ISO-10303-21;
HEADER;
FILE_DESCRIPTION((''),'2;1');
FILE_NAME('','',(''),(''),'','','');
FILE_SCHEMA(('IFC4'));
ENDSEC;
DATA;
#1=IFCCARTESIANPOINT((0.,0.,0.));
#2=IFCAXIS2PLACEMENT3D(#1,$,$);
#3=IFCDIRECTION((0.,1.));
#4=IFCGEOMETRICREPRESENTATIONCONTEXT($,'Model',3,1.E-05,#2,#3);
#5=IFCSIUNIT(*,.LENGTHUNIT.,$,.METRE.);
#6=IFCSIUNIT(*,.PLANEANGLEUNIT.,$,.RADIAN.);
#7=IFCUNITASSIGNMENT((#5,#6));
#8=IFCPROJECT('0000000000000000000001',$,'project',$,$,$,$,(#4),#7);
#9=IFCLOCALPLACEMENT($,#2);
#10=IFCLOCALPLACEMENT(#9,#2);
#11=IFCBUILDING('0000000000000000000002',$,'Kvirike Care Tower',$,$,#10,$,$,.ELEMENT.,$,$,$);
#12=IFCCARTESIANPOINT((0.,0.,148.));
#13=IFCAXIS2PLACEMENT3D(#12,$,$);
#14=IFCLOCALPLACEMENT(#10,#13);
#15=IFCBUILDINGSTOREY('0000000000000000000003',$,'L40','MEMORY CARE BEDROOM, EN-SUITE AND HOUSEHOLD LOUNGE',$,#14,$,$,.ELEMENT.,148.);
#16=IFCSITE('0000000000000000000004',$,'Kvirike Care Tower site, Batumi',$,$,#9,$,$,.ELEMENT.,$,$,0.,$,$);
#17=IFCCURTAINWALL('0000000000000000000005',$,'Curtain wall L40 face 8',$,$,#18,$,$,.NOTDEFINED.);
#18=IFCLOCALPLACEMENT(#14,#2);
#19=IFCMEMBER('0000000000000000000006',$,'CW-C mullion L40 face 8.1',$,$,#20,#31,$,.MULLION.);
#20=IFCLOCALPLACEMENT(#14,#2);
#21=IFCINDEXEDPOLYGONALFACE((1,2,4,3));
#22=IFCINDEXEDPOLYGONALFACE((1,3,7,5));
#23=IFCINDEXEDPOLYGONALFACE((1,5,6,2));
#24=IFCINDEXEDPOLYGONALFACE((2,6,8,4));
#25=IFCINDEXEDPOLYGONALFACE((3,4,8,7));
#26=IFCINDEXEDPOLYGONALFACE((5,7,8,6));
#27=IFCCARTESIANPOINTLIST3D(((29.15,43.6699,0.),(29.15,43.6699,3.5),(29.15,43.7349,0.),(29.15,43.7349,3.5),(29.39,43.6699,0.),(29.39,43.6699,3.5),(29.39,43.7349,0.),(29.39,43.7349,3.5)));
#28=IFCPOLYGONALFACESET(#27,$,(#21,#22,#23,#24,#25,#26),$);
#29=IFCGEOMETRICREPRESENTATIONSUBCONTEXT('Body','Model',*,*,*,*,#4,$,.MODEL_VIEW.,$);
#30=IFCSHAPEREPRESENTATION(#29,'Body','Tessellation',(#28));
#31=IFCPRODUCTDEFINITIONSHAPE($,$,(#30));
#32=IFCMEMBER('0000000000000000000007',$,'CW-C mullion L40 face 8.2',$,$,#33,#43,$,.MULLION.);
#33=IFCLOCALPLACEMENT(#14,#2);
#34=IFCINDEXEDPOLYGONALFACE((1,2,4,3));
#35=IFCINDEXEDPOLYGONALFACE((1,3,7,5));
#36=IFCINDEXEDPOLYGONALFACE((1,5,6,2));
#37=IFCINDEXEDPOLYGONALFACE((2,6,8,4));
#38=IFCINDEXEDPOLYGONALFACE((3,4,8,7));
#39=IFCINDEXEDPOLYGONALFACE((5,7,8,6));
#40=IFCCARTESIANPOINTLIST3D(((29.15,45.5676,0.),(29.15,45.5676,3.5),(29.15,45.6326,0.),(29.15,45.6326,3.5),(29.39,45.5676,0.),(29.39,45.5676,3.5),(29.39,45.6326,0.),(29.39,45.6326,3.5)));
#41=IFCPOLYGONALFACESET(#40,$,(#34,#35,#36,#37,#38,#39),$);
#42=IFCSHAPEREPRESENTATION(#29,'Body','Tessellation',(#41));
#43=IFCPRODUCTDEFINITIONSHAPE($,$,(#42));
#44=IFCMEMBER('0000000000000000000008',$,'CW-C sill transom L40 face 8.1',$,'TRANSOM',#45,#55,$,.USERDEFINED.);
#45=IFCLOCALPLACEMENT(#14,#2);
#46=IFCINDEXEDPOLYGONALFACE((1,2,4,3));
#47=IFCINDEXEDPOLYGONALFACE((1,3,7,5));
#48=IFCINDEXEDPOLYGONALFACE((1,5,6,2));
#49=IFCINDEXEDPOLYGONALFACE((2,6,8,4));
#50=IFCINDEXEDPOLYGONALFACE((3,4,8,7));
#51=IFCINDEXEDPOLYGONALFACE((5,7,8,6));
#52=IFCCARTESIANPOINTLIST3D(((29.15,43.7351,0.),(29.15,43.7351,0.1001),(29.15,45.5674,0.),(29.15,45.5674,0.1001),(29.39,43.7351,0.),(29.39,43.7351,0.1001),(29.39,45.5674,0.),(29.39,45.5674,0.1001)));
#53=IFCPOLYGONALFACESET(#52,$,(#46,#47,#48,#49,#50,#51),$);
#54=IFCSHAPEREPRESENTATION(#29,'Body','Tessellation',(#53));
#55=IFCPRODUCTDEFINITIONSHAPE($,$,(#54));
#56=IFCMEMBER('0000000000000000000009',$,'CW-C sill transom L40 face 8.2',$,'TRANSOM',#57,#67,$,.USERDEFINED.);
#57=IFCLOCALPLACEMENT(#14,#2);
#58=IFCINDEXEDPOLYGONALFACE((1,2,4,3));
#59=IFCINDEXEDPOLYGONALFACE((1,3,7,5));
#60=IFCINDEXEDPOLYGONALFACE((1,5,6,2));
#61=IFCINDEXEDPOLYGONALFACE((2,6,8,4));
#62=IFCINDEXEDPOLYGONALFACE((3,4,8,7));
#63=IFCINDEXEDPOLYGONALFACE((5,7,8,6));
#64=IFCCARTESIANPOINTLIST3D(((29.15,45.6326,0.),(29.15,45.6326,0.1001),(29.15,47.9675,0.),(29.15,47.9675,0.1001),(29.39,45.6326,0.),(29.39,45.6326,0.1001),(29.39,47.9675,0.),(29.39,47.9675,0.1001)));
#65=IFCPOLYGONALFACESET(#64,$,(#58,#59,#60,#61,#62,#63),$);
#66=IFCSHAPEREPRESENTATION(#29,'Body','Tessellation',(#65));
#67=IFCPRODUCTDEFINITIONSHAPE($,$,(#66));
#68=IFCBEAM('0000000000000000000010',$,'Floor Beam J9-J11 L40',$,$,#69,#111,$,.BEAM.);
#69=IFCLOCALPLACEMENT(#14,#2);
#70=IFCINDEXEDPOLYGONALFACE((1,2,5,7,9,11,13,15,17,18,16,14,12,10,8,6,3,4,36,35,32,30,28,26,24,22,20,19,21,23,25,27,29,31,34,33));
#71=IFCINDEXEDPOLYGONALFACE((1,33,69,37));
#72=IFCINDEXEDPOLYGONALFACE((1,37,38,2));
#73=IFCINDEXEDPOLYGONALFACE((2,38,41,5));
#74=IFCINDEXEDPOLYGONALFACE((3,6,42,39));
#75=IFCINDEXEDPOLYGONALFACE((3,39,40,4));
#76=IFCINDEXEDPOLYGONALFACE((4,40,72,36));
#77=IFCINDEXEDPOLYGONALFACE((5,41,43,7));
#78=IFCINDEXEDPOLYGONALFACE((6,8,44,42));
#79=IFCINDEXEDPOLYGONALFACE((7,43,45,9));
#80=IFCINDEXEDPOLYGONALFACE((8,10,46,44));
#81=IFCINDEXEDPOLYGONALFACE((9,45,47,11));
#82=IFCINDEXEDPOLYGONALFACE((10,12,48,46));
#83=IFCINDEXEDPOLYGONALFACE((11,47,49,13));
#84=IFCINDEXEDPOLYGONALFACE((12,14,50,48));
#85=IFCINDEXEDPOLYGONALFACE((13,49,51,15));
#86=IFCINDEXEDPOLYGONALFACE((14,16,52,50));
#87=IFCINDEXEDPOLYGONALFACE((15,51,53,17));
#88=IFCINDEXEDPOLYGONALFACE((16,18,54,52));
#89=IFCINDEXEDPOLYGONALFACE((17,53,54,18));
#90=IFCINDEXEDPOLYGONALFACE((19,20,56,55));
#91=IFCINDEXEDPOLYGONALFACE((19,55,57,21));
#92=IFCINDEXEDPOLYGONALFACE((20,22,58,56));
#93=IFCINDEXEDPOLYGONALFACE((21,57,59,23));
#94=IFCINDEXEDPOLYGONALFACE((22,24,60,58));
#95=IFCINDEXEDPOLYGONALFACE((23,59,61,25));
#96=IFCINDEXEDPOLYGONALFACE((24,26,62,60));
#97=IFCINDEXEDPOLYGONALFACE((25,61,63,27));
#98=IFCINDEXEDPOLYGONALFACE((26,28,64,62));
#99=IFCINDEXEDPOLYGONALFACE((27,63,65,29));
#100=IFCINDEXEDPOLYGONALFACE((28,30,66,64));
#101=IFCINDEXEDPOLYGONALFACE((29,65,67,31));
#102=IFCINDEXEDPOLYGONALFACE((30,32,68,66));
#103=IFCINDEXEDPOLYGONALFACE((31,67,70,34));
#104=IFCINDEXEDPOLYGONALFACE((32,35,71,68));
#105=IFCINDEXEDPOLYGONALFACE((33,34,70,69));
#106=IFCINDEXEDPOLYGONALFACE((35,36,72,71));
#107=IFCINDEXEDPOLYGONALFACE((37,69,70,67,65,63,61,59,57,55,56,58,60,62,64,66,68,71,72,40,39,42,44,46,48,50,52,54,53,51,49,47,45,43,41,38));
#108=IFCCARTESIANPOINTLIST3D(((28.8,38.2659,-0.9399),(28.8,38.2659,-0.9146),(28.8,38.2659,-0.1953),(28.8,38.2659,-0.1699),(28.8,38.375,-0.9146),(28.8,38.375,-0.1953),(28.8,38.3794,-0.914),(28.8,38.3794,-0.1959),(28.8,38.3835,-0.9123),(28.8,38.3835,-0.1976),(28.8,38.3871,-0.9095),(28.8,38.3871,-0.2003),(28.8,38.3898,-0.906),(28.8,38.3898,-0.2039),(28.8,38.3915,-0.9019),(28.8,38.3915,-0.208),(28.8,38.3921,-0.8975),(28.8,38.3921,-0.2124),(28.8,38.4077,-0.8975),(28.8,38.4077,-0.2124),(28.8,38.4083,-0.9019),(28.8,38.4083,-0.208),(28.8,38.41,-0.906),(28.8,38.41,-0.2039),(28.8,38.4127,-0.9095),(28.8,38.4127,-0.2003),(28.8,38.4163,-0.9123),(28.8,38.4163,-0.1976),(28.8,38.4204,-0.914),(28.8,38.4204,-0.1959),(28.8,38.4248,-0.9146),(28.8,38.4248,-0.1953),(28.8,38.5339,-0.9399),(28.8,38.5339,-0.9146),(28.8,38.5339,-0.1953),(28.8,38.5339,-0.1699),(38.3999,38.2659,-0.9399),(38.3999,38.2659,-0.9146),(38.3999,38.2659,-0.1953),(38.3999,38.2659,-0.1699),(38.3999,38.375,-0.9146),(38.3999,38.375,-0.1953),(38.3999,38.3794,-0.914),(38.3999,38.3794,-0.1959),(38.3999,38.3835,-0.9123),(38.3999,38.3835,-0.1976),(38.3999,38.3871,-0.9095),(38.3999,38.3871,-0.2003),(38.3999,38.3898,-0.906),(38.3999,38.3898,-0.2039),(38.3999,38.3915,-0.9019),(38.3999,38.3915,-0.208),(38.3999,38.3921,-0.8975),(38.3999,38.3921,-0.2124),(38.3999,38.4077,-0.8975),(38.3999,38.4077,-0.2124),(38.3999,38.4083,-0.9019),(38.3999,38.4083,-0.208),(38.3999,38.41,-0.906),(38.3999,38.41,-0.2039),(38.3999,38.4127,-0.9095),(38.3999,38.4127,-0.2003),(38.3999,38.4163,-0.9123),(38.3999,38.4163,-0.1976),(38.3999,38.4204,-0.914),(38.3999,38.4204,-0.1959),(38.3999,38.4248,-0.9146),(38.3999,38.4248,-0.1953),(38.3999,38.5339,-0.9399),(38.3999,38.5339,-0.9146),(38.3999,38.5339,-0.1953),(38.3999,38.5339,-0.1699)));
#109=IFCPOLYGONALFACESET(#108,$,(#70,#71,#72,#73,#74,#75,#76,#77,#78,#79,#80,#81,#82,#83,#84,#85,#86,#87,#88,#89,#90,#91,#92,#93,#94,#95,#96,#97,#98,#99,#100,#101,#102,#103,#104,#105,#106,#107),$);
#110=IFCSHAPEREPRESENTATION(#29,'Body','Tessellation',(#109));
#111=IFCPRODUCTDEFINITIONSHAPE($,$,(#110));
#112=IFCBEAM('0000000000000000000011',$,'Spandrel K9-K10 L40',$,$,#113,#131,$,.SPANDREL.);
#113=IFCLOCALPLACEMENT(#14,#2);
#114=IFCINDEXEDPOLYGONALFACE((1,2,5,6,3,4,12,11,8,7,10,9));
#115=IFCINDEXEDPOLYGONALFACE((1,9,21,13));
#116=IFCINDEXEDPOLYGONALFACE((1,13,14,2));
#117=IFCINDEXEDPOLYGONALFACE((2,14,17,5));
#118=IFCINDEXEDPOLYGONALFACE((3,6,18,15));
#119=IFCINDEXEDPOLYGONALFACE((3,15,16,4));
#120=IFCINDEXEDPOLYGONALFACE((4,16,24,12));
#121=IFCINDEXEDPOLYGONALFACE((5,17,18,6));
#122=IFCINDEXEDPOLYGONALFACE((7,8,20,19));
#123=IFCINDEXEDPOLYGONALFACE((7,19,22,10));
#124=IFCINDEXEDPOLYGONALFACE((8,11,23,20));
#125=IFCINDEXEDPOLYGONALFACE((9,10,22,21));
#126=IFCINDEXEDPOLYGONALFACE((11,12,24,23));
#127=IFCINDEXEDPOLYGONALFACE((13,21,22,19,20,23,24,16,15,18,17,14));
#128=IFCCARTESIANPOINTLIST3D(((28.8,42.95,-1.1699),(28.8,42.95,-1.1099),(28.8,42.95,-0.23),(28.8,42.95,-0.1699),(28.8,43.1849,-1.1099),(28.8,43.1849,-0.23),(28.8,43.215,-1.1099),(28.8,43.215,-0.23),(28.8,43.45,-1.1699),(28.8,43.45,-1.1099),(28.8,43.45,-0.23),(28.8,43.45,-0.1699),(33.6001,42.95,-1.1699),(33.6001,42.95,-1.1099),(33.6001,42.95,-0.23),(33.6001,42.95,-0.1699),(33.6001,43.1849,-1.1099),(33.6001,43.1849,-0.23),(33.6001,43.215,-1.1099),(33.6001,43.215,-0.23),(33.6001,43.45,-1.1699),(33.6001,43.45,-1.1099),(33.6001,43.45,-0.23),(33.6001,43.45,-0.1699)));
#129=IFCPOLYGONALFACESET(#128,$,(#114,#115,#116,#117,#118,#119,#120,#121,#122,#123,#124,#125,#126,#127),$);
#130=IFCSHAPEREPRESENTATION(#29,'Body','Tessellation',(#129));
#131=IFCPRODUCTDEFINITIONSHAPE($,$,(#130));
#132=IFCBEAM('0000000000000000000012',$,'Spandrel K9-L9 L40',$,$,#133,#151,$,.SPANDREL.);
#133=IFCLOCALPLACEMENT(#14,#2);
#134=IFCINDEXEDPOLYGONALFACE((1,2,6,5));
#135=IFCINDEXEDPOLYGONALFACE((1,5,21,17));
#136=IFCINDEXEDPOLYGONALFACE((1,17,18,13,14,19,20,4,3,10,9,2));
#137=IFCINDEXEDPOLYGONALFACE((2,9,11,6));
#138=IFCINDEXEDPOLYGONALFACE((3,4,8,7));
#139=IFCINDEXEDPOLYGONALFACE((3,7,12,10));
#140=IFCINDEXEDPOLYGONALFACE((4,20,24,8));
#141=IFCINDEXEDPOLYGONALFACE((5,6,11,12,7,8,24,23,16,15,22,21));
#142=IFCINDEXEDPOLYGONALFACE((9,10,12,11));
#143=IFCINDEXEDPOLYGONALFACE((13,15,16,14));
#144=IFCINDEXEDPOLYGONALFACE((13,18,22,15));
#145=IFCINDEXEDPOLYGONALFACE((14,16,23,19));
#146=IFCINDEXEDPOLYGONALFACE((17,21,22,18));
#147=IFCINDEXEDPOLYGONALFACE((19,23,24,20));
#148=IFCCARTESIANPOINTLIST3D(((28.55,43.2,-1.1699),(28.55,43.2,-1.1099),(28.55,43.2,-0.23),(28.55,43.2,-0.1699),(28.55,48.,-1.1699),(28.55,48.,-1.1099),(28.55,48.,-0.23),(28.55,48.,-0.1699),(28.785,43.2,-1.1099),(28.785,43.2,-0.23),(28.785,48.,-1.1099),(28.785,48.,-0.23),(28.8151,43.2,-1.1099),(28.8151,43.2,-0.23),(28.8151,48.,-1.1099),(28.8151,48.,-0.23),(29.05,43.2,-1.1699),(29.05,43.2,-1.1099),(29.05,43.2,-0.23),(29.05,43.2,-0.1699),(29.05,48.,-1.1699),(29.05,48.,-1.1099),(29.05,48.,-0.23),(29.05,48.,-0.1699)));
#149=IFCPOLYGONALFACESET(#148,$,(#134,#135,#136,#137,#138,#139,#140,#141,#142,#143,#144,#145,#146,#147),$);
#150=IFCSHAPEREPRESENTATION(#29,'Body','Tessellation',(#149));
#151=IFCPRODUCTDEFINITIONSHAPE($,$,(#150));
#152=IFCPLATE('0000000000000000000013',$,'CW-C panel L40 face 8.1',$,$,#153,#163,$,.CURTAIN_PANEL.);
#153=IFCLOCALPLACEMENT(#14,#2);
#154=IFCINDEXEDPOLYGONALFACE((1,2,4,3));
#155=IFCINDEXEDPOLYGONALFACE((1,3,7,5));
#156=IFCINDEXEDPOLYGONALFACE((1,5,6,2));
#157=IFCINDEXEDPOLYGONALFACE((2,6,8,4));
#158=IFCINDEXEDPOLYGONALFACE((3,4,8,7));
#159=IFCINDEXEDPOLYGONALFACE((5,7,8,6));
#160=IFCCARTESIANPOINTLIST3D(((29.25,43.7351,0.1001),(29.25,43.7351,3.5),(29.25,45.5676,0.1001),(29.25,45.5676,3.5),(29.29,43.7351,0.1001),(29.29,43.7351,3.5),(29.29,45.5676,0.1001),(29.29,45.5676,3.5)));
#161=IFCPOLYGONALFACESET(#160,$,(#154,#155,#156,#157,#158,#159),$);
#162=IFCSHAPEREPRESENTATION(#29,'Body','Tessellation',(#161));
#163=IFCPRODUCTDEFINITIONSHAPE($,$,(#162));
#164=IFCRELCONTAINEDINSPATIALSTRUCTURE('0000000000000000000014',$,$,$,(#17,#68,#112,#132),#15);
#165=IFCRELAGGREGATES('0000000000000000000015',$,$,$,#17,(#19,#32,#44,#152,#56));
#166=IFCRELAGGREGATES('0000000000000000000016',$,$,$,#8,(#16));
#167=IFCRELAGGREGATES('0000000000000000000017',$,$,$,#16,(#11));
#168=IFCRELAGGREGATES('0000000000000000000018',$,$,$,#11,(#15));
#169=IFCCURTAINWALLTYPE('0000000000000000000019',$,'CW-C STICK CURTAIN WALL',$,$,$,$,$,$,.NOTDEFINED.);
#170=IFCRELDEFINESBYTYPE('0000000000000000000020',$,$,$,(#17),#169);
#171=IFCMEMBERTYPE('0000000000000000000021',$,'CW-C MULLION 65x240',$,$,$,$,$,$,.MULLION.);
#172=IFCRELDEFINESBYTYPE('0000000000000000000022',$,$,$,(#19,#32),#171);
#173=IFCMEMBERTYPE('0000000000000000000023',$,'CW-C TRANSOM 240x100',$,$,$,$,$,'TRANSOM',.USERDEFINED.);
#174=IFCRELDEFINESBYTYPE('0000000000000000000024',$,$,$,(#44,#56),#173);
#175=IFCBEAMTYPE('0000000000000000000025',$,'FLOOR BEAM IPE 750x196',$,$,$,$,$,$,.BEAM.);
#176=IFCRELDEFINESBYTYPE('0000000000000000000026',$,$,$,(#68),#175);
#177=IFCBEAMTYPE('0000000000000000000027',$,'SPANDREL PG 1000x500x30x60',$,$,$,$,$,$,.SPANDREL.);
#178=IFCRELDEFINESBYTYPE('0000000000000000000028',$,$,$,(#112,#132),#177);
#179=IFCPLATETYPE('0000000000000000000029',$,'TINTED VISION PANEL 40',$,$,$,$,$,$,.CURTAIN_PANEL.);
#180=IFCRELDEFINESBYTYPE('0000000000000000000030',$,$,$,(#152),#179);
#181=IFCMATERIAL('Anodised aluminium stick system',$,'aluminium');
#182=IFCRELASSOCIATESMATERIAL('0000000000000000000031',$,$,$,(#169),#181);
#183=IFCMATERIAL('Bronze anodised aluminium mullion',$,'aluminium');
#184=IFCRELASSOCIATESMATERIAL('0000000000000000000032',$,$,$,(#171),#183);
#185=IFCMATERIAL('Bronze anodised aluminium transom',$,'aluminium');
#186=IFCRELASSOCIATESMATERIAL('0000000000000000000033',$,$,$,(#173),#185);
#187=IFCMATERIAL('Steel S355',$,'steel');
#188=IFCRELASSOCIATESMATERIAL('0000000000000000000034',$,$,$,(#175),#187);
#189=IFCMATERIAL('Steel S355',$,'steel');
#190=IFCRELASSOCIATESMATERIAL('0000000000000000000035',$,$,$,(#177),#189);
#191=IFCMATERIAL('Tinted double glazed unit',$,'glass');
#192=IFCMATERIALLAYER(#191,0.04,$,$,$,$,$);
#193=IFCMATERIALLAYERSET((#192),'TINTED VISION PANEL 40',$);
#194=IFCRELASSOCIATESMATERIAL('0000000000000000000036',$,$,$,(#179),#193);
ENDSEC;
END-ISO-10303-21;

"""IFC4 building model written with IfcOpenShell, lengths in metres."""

from ifc_helpers import new_model, si_unit, direction, frame, origin, origin_2d, place, context, subcontext, project, spatial, rectangle, i_section, extrude, material, layer, layer_set, material_profile, profile_set, type_object, element, aggregate, save


model = new_model("IFC4")

# Units and contexts
model_context = context("Model", 3, precision=1e-05, world=origin(), true_north=direction((0.0, 1.0)))
body_context = subcontext(model_context, "Body", "Model", "MODEL_VIEW")
ifc_project = project(units=[si_unit("LENGTHUNIT", "METRE"), si_unit("PLANEANGLEUNIT", "RADIAN")], contexts=[model_context])

# Site, building, storey
site_placement = place(None, origin())
site = spatial("IfcSite", under=ifc_project, at=site_placement, Name="Kvirike Care Tower site, Batumi", CompositionType="ELEMENT", RefElevation=0.0)
building_placement = place(site_placement, origin())
building = spatial("IfcBuilding", under=site, at=building_placement, Name="Kvirike Care Tower", CompositionType="ELEMENT")
storey_placement = place(building_placement, frame((0.0, 0.0, 148.0)))
storey = spatial("IfcBuildingStorey", under=building, at=storey_placement, Name="L40", Description="MEMORY CARE BEDROOM, EN-SUITE AND HOUSEHOLD LOUNGE", CompositionType="ELEMENT", Elevation=148.0)

# Curtain wall, members
ifc_material_1 = material(Name="Anodised aluminium stick system", Category="aluminium")
curtain_wall_type = type_object("IfcCurtainWallType", Name="CW-C STICK CURTAIN WALL", PredefinedType="NOTDEFINED", material=ifc_material_1)
curtain_wall_placement = place(storey_placement, origin())
curtain_wall = element("IfcCurtainWall", 1, at=curtain_wall_placement, inside=storey, type_object=curtain_wall_type, Name="Curtain wall L40 face 8", PredefinedType="NOTDEFINED")
ifc_material_2 = material(Name="Bronze anodised aluminium mullion", Category="aluminium")
ifc_material_profile_1 = material_profile(ifc_material_2, rectangle(XDim=0.0649, YDim=0.24, at=origin_2d()), Name="CW-C MULLION 65x240")
ifc_profile_set_1 = profile_set([ifc_material_profile_1], Name="Bronze anodised aluminium mullion")
member_type_1 = type_object("IfcMemberType", Name="CW-C MULLION 65x240", PredefinedType="MULLION", material=ifc_profile_set_1)
member_1_placement = place(storey_placement, frame((29.27, 43.7024, 0.0), z_axis=(0.0, 0.0, 1.0), x_axis=(0.0, 1.0, 0.0)))
member_1 = element("IfcMember", 2, at=member_1_placement, type_object=member_type_1, Name="CW-C mullion L40 face 8.1", PredefinedType="MULLION", context=body_context, shape_type="SweptSolid", body=[
    extrude(rectangle(XDim=0.0649, YDim=0.24, at=origin_2d()), origin(), (0.0, 0.0, 1.0), 3.5),
])
member_2_placement = place(storey_placement, frame((29.27, 45.6001, 0.0), z_axis=(0.0, 0.0, 1.0), x_axis=(0.0, 1.0, 0.0)))
member_2 = element("IfcMember", 3, at=member_2_placement, type_object=member_type_1, Name="CW-C mullion L40 face 8.2", PredefinedType="MULLION", context=body_context, shape_type="SweptSolid", body=[
    extrude(rectangle(XDim=0.0649, YDim=0.24, at=origin_2d()), origin(), (0.0, 0.0, 1.0), 3.5),
])
ifc_material_3 = material(Name="Bronze anodised aluminium transom", Category="aluminium")
ifc_material_profile_2 = material_profile(ifc_material_3, rectangle(XDim=0.24, YDim=0.1001, at=origin_2d()), Name="CW-C TRANSOM 240x100")
ifc_profile_set_2 = profile_set([ifc_material_profile_2], Name="Bronze anodised aluminium transom")
member_type_2 = type_object("IfcMemberType", Name="CW-C TRANSOM 240x100", ElementType="TRANSOM", PredefinedType="USERDEFINED", material=ifc_profile_set_2)
member_3_placement = place(storey_placement, frame((29.27, 43.7351, 0.05), z_axis=(0.0, 1.0, 0.0), x_axis=(-1.0, 0.0, 0.0)))
member_3 = element("IfcMember", 4, at=member_3_placement, type_object=member_type_2, Name="CW-C sill transom L40 face 8.1", ObjectType="TRANSOM", PredefinedType="USERDEFINED", context=body_context, shape_type="SweptSolid", body=[
    extrude(rectangle(XDim=0.24, YDim=0.1001, at=origin_2d()), origin(), (0.0, 0.0, 1.0), 1.8323),
])
member_4_placement = place(storey_placement, frame((29.27, 45.6326, 0.05), z_axis=(0.0, 1.0, 0.0), x_axis=(-1.0, 0.0, 0.0)))
member_4 = element("IfcMember", 5, at=member_4_placement, type_object=member_type_2, Name="CW-C sill transom L40 face 8.2", ObjectType="TRANSOM", PredefinedType="USERDEFINED", context=body_context, shape_type="SweptSolid", body=[
    extrude(rectangle(XDim=0.24, YDim=0.1001, at=origin_2d()), origin(), (0.0, 0.0, 1.0), 2.335),
])

# Beams
ifc_material_4 = material(Name="Steel S355", Category="steel")
ifc_material_profile_3 = material_profile(ifc_material_4, i_section(OverallWidth=0.2681, OverallDepth=0.77, WebThickness=0.0156, FlangeThickness=0.0254, FilletRadius=0.0171, at=origin_2d()), Name="IPE 750x196")
ifc_profile_set_3 = profile_set([ifc_material_profile_3], Name="Steel S355")
beam_type_1 = type_object("IfcBeamType", Name="FLOOR BEAM IPE 750x196", PredefinedType="BEAM", material=ifc_profile_set_3)
beam_placement = place(storey_placement, frame((28.8, 38.3999, -0.5549), z_axis=(1.0, 0.0, 0.0), x_axis=(0.0, 1.0, 0.0)))
element("IfcBeam", 6, at=beam_placement, inside=storey, type_object=beam_type_1, Name="Floor Beam J9-J11 L40", PredefinedType="BEAM", context=body_context, shape_type="SweptSolid", body=[
    extrude(i_section(OverallWidth=0.2681, OverallDepth=0.77, WebThickness=0.0156, FlangeThickness=0.0254, FilletRadius=0.0171, at=origin_2d()), origin(), (0.0, 0.0, 1.0), 9.5999),
])
ifc_material_5 = material(Name="Steel S355", Category="steel")
ifc_material_profile_4 = material_profile(ifc_material_5, i_section(OverallWidth=0.5, OverallDepth=1.0, WebThickness=0.03, FlangeThickness=0.0601, at=origin_2d()), Name="PG 1000x500x30x60")
ifc_profile_set_4 = profile_set([ifc_material_profile_4], Name="Steel S355")
beam_type_2 = type_object("IfcBeamType", Name="SPANDREL PG 1000x500x30x60", PredefinedType="SPANDREL", material=ifc_profile_set_4)
for number, where, z_axis, x_axis, name in (
    (7, (28.8, 43.2, -0.6699), (1.0, 0.0, 0.0), (0.0, 1.0, 0.0), "Spandrel K9-K10 L40"),
    (8, (28.8, 43.2, -0.6699), (0.0, 1.0, 0.0), (-1.0, 0.0, 0.0), "Spandrel K9-L9 L40"),
):
    element("IfcBeam", number, at=place(storey_placement, frame(where, z_axis=z_axis, x_axis=x_axis)), inside=storey, type_object=beam_type_2, Name=name, PredefinedType="SPANDREL", context=body_context, shape_type="SweptSolid", body=[
        extrude(i_section(OverallWidth=0.5, OverallDepth=1.0, WebThickness=0.03, FlangeThickness=0.0601, at=origin_2d()), origin(), (0.0, 0.0, 1.0), 4.8),
    ])

# Plate
ifc_material_6 = material(Name="Tinted double glazed unit", Category="glass")
ifc_layer_1 = layer(ifc_material_6, 0.04)
ifc_layer_set_1 = layer_set([ifc_layer_1], Name="TINTED VISION PANEL 40")
plate_type = type_object("IfcPlateType", Name="TINTED VISION PANEL 40", PredefinedType="CURTAIN_PANEL", material=ifc_layer_set_1)
plate_placement = place(storey_placement, frame((29.27, 44.6514, 0.1001), z_axis=(0.0, 0.0, 1.0), x_axis=(0.0, 1.0, 0.0)))
plate = element("IfcPlate", 9, at=plate_placement, type_object=plate_type, Name="CW-C panel L40 face 8.1", PredefinedType="CURTAIN_PANEL", context=body_context, shape_type="SweptSolid", body=[
    extrude(rectangle(XDim=1.8325, YDim=0.04, at=origin_2d()), origin(), (0.0, 0.0, 1.0), 3.3999),
])
aggregate(curtain_wall, [member_1, member_2, member_3, plate, member_4])

save(model, "model.ifc")
